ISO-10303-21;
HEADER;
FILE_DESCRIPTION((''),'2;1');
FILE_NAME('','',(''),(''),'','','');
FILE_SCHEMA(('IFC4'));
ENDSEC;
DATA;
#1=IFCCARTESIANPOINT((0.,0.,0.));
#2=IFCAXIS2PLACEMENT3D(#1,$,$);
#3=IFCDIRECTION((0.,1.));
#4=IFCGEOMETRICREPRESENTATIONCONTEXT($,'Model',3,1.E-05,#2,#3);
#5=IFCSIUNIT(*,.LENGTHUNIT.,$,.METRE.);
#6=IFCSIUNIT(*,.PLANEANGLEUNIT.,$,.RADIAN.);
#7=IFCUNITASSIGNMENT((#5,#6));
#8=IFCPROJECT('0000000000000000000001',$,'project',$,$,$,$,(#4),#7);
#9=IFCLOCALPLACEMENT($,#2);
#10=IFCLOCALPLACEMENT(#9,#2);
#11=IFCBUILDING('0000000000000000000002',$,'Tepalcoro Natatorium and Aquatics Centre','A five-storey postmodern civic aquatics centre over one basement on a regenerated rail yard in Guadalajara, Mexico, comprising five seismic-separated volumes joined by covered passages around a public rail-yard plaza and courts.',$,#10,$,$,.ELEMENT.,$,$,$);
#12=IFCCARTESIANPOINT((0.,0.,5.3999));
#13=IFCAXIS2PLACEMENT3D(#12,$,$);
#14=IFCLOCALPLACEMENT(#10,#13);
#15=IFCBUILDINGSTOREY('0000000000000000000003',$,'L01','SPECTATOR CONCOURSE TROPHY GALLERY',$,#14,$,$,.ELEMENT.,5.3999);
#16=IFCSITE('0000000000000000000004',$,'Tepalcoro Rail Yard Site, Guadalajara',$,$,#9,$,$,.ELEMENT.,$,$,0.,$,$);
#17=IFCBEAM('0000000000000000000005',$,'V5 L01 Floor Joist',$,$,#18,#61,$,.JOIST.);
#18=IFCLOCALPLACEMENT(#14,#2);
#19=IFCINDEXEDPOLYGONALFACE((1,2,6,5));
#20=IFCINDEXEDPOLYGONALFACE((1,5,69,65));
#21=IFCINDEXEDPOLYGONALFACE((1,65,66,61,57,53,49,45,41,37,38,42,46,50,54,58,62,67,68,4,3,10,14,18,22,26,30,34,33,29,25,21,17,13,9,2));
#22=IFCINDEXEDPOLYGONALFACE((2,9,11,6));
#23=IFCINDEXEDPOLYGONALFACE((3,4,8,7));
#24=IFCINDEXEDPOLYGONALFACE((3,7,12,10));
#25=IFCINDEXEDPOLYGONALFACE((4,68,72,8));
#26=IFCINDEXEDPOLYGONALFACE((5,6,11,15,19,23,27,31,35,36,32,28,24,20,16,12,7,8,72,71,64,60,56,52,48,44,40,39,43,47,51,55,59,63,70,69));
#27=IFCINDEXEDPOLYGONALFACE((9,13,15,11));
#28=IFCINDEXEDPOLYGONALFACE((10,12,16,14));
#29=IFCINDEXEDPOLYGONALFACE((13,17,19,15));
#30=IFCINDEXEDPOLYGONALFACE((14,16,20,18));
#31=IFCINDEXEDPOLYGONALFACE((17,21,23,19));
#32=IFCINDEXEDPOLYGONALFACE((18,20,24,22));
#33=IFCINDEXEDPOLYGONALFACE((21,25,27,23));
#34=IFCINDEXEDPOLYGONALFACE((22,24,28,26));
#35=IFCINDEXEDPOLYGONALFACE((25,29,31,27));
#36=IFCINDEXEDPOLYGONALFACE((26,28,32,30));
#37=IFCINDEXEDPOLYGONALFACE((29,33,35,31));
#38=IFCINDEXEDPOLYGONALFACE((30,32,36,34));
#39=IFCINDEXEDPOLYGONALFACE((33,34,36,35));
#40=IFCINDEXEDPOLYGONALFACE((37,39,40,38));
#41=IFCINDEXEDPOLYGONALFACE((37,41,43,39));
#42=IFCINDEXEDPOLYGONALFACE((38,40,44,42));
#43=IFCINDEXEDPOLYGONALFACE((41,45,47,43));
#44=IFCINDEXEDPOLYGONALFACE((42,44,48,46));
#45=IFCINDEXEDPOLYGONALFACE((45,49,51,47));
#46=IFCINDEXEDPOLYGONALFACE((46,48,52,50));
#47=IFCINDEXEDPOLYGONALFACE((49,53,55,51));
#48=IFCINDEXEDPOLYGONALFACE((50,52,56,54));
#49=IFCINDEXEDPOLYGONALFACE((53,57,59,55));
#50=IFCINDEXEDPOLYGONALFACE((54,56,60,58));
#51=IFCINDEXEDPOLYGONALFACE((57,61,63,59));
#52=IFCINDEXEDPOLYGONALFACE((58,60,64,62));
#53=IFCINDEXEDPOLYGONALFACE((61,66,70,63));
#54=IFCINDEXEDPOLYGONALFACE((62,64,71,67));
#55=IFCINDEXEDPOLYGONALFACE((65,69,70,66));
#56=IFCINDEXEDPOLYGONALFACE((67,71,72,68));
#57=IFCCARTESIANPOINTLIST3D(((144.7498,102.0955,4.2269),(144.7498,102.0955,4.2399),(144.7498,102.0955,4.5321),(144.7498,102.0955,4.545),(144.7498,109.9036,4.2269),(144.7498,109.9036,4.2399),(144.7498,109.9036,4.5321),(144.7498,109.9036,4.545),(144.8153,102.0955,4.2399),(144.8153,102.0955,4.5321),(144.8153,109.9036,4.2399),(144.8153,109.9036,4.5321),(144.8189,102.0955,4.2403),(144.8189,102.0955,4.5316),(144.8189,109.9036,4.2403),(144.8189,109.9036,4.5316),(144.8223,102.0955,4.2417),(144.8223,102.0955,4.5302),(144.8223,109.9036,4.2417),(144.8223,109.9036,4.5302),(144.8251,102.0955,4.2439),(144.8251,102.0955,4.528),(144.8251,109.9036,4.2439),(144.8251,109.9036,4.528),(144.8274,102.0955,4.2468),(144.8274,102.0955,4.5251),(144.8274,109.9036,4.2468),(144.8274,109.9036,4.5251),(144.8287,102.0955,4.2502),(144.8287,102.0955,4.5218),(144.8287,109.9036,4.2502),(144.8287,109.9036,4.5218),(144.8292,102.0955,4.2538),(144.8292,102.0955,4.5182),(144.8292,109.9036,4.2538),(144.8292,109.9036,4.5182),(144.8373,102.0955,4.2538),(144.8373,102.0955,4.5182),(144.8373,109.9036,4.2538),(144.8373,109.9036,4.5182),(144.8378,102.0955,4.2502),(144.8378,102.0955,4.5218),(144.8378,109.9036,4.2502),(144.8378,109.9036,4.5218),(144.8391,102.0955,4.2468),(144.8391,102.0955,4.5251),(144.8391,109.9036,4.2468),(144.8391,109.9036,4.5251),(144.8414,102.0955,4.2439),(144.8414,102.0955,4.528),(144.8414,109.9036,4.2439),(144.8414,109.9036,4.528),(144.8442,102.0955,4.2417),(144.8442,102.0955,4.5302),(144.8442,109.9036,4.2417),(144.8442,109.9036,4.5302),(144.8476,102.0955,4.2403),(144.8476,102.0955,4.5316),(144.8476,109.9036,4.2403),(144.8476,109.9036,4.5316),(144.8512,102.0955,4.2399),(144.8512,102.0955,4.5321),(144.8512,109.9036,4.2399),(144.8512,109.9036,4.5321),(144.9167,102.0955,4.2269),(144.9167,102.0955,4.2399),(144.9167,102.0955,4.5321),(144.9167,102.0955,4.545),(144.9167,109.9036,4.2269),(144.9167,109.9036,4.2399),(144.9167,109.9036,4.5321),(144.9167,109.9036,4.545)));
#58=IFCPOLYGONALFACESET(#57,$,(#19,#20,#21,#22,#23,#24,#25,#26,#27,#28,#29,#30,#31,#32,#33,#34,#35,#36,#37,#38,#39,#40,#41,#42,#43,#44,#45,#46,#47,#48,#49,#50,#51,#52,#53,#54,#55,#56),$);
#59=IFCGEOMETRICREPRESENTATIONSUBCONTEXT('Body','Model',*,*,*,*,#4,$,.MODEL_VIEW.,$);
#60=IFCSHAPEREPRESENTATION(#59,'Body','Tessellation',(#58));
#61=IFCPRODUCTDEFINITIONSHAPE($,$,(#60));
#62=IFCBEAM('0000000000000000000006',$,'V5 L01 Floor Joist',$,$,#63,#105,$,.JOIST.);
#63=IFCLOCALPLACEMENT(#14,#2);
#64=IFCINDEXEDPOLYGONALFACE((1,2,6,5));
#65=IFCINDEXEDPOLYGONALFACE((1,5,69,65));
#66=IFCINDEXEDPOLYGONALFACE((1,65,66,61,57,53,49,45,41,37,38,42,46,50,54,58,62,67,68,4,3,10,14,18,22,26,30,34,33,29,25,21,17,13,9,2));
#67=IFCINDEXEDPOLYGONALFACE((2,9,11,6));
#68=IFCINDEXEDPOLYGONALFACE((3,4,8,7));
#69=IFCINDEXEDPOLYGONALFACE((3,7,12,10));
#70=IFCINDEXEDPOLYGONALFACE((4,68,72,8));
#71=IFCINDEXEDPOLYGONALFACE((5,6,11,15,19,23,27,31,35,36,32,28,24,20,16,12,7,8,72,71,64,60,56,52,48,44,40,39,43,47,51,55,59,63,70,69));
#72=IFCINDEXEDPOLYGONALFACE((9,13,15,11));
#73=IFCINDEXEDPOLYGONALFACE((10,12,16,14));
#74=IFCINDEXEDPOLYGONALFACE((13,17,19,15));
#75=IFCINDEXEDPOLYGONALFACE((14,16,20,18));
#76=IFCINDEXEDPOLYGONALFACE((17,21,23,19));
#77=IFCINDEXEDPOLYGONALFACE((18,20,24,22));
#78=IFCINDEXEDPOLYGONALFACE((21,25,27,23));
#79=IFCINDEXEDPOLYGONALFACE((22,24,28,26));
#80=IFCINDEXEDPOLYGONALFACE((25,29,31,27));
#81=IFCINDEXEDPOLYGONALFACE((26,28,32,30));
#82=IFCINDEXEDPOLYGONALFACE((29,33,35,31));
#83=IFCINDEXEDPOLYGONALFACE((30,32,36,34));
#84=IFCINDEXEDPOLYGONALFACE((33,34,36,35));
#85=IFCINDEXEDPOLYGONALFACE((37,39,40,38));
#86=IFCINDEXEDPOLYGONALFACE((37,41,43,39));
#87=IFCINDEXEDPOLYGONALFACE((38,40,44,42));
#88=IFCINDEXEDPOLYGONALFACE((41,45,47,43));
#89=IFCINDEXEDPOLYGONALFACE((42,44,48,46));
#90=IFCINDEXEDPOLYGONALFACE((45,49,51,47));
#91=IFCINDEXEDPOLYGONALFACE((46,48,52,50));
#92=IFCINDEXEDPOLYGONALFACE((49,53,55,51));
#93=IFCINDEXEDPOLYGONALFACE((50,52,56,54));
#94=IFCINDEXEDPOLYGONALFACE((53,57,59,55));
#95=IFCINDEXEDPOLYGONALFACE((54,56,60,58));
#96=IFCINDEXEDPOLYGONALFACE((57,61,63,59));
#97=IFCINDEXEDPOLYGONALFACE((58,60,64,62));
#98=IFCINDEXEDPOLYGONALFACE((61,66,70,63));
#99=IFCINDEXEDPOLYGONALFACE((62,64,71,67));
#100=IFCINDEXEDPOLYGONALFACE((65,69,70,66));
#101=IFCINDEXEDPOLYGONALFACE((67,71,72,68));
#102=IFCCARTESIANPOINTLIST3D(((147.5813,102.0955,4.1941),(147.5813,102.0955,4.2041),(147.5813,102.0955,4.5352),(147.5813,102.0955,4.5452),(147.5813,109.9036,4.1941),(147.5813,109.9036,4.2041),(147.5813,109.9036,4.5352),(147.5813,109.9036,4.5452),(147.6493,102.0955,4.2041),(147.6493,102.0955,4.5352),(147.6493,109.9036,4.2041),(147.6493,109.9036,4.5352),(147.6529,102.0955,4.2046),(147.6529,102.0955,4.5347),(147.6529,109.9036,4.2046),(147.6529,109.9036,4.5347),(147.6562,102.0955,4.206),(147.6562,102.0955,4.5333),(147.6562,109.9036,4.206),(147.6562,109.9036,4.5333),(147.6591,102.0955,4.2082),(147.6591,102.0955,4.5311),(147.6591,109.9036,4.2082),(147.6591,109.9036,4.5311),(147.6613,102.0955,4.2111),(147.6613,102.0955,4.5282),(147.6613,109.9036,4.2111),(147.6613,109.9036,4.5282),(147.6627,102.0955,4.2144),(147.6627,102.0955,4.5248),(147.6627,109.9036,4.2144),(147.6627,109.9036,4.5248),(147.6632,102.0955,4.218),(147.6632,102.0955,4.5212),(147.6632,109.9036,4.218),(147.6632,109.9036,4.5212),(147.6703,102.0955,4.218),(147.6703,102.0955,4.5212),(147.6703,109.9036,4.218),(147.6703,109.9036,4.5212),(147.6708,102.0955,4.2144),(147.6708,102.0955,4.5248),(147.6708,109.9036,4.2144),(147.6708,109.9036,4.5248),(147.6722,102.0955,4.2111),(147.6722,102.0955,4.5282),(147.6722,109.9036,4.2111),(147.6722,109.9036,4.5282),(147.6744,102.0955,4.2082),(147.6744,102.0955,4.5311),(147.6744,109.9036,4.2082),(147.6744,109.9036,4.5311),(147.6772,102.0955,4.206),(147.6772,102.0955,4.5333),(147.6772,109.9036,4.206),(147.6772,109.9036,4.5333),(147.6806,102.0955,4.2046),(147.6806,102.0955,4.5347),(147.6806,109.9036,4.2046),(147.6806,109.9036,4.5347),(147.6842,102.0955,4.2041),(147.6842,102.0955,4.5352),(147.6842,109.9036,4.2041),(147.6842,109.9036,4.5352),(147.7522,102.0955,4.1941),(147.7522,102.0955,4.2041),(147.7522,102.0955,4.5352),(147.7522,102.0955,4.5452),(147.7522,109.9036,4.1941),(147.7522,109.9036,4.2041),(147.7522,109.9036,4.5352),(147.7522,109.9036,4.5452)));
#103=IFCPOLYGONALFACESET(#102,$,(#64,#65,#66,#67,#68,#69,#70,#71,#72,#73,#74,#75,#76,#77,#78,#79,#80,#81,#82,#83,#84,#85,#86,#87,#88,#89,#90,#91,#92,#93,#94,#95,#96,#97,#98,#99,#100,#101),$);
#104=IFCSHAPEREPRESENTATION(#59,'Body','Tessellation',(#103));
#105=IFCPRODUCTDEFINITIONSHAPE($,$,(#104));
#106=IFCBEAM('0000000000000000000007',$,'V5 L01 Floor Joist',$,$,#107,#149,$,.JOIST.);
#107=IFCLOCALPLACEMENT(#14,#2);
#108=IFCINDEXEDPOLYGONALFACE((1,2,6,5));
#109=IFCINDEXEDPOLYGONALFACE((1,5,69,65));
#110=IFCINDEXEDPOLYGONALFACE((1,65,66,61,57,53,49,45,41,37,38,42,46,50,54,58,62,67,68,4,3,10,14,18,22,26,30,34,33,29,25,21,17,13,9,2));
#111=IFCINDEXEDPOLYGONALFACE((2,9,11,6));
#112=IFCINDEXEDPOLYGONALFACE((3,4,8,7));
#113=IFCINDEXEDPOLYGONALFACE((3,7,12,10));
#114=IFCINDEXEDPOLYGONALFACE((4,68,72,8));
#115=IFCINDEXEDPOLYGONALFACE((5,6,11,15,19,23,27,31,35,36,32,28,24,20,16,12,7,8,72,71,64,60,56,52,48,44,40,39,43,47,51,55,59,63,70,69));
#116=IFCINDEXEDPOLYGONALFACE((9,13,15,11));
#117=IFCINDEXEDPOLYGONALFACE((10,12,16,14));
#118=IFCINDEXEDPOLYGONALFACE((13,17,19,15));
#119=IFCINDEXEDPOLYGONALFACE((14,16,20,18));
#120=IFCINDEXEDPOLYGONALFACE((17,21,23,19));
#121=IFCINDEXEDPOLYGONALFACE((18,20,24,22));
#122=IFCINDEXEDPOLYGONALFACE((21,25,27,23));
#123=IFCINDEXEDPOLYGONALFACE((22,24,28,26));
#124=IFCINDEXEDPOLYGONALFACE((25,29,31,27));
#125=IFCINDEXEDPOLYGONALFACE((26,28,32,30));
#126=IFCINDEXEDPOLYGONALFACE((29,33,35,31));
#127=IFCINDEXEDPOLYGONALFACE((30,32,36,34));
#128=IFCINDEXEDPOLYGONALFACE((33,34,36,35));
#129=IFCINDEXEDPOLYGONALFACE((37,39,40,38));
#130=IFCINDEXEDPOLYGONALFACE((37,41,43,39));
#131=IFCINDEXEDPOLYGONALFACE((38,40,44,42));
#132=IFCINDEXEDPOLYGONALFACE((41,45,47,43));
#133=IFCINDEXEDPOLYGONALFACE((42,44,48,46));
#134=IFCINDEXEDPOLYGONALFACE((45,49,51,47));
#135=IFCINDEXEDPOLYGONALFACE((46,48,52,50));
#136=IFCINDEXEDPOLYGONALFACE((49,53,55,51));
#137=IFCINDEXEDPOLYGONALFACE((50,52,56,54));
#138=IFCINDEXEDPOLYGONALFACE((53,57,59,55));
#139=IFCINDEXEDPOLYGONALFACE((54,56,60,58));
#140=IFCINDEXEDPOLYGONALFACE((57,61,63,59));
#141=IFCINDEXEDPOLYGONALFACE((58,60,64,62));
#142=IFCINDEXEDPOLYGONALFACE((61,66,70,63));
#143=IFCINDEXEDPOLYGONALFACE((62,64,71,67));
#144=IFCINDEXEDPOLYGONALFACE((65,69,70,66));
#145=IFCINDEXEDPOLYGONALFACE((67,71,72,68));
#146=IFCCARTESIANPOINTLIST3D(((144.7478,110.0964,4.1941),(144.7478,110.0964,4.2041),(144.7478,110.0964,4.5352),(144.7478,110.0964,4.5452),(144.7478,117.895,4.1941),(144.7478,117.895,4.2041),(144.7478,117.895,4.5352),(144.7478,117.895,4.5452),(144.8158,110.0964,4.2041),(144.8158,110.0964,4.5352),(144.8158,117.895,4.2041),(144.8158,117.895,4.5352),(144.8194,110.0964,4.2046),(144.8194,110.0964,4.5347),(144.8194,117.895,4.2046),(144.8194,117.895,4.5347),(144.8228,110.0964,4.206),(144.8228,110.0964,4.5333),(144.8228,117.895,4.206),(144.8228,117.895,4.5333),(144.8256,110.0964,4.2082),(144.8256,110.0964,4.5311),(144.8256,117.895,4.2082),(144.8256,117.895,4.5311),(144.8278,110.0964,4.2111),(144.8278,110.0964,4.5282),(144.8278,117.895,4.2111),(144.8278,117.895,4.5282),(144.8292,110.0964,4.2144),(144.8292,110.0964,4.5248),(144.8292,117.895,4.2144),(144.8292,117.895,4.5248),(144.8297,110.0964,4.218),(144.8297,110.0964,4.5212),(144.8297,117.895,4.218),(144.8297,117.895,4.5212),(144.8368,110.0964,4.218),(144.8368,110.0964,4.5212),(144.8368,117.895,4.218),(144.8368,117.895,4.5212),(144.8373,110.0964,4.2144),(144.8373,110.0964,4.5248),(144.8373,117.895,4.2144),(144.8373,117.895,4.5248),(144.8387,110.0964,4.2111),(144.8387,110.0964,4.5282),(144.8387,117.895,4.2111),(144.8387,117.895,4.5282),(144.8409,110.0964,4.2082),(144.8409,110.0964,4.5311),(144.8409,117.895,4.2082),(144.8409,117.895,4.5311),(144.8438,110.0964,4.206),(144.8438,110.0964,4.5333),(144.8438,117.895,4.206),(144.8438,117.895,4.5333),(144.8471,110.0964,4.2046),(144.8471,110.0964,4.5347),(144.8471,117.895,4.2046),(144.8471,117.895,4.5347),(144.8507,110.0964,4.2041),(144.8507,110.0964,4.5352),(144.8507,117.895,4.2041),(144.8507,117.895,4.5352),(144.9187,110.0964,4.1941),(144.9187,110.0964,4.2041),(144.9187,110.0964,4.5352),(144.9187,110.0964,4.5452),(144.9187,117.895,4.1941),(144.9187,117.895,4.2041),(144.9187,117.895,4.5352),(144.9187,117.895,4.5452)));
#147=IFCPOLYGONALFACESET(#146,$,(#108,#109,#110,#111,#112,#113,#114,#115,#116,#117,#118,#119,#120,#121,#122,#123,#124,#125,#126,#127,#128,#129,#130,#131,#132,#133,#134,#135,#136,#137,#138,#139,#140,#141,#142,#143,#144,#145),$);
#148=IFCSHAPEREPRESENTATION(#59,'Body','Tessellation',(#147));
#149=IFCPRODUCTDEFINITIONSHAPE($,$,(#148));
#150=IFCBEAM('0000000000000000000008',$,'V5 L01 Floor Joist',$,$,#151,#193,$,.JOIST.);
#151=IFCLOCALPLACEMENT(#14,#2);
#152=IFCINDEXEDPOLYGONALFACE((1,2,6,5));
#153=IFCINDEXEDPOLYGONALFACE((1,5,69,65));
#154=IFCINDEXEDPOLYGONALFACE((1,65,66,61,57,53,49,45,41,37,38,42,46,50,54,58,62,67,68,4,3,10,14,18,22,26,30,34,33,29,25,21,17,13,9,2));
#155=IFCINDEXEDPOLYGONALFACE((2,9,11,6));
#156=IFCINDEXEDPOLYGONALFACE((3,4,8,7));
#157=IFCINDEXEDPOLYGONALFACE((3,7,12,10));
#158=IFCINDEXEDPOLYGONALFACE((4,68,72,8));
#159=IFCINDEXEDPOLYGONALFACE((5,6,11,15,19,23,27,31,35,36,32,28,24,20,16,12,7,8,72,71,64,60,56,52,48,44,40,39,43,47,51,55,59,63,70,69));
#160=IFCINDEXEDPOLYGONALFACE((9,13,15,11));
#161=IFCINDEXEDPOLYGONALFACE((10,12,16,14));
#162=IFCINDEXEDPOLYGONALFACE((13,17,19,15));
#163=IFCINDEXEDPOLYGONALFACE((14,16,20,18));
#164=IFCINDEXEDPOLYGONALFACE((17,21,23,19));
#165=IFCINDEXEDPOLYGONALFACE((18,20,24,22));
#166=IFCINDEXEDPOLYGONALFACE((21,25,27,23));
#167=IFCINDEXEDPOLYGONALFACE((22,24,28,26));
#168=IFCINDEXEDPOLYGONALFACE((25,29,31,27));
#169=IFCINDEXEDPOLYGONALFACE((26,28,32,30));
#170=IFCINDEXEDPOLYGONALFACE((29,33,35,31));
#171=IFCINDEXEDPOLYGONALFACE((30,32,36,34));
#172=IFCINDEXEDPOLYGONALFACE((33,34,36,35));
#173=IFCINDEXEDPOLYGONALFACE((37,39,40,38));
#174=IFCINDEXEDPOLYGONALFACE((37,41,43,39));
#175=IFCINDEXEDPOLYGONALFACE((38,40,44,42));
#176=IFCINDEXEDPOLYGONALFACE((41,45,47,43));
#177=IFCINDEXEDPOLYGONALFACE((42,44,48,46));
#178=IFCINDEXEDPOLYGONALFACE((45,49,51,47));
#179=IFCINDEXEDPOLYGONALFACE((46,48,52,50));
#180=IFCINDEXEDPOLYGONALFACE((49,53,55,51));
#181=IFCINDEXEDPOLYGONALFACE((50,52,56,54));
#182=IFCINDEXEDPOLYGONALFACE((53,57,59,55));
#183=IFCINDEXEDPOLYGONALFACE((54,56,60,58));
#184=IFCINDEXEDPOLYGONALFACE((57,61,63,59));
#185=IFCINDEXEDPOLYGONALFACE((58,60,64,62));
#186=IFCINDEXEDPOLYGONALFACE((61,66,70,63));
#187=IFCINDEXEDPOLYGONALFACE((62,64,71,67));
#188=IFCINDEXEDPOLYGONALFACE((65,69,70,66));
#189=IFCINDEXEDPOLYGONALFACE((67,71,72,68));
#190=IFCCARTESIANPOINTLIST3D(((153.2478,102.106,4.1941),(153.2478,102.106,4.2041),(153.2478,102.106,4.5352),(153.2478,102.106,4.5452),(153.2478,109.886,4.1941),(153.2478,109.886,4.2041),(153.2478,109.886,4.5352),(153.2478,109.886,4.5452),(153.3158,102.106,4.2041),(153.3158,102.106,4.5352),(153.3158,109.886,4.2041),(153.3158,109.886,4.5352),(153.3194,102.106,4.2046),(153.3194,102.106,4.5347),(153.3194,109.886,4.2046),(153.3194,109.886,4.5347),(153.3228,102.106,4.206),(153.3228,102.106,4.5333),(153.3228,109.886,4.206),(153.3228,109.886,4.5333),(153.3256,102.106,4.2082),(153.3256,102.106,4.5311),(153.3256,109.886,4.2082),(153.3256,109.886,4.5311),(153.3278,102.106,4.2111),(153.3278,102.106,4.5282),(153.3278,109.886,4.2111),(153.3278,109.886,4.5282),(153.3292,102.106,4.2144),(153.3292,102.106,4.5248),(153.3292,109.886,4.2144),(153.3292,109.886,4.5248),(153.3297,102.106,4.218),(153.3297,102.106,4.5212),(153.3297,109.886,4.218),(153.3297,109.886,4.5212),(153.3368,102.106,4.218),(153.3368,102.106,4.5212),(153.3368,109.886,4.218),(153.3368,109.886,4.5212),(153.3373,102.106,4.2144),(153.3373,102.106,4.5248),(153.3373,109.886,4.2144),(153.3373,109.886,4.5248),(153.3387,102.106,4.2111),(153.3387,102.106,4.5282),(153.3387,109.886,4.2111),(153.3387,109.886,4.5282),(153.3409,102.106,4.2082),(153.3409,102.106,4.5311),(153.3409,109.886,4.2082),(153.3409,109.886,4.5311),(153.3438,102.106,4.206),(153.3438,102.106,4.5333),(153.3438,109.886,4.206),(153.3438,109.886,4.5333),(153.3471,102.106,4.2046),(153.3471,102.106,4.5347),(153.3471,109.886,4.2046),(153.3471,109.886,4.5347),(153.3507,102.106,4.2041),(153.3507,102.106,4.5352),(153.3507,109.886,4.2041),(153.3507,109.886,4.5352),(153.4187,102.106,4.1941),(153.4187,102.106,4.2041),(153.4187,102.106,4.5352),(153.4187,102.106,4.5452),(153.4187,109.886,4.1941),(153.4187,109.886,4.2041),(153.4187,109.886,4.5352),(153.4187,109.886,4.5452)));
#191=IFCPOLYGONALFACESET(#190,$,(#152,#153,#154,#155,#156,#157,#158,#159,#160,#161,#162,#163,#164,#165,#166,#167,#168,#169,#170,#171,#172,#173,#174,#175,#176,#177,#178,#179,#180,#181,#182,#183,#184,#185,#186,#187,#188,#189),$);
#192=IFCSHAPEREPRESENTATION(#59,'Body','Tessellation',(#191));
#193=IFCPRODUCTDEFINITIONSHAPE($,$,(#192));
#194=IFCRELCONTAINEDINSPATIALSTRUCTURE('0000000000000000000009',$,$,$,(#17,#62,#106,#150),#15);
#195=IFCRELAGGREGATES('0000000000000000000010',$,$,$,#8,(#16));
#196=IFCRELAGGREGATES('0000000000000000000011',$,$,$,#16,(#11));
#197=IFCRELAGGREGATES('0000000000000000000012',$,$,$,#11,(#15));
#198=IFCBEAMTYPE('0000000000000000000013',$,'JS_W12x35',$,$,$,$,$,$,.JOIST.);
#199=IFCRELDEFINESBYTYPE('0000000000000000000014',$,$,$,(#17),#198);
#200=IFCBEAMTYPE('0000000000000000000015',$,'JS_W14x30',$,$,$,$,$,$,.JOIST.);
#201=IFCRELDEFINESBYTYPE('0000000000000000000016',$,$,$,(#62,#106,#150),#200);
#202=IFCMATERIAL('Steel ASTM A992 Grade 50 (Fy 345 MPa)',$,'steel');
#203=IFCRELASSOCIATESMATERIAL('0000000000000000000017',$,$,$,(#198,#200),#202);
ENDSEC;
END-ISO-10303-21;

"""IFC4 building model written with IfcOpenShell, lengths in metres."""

from ifc_helpers import new_model, si_unit, direction, frame, origin, origin_2d, place, context, subcontext, project, spatial, i_section, extrude, material, material_profile, profile_set, type_object, element, save


model = new_model("IFC4")

# Units and contexts
model_context = context("Model", 3, precision=1e-05, world=origin(), true_north=direction((0.0, 1.0)))
body_context = subcontext(model_context, "Body", "Model", "MODEL_VIEW")
ifc_project = project(units=[si_unit("LENGTHUNIT", "METRE"), si_unit("PLANEANGLEUNIT", "RADIAN")], contexts=[model_context])

# Site, building, storey
site_placement = place(None, origin())
site = spatial("IfcSite", under=ifc_project, at=site_placement, Name="Tepalcoro Rail Yard Site, Guadalajara", CompositionType="ELEMENT", RefElevation=0.0)
building_placement = place(site_placement, origin())
building = spatial("IfcBuilding", under=site, at=building_placement, Name="Tepalcoro Natatorium and Aquatics Centre", Description="A five-storey postmodern civic aquatics centre over one basement on a regenerated rail yard in Guadalajara, Mexico, comprising five seismic-separated volumes joined by covered passages around a public rail-yard plaza and courts.", CompositionType="ELEMENT")
storey_placement = place(building_placement, frame((0.0, 0.0, 5.3999)))
storey = spatial("IfcBuildingStorey", under=building, at=storey_placement, Name="L01", Description="SPECTATOR CONCOURSE TROPHY GALLERY", CompositionType="ELEMENT", Elevation=5.3999)

# Beams
ifc_material_1 = material(Name="Steel ASTM A992 Grade 50 (Fy 345 MPa)", Category="steel")
ifc_material_profile_1 = material_profile(ifc_material_1, i_section(OverallWidth=0.167, OverallDepth=0.3181, WebThickness=0.0081, FlangeThickness=0.0129, FilletRadius=0.0139, at=origin_2d()), Name="W12X35")
ifc_profile_set_1 = profile_set([ifc_material_profile_1], Name="Steel ASTM A992 Grade 50 (Fy 345 MPa)")
beam_type_1 = type_object("IfcBeamType", Name="JS_W12x35", PredefinedType="JOIST", material=ifc_profile_set_1)
beam_1_placement = place(storey_placement, frame((144.8333, 102.0955, 4.386), z_axis=(0.0, 1.0, 0.0), x_axis=(-1.0, 0.0, 0.0)))
element("IfcBeam", 1, at=beam_1_placement, inside=storey, type_object=beam_type_1, Name="V5 L01 Floor Joist", PredefinedType="JOIST", context=body_context, shape_type="SweptSolid", body=[
    extrude(i_section(OverallWidth=0.167, OverallDepth=0.3181, WebThickness=0.0081, FlangeThickness=0.0129, FilletRadius=0.0139, at=origin_2d()), origin(), (0.0, 0.0, 1.0), 7.8081),
])
ifc_material_profile_2 = material_profile(ifc_material_1, i_section(OverallWidth=0.1709, OverallDepth=0.3511, WebThickness=0.0071, FlangeThickness=0.01, FilletRadius=0.0139, at=origin_2d()), Name="W14X30")
ifc_profile_set_2 = profile_set([ifc_material_profile_2], Name="Steel ASTM A992 Grade 50 (Fy 345 MPa)")
beam_type_2 = type_object("IfcBeamType", Name="JS_W14x30", PredefinedType="JOIST", material=ifc_profile_set_2)
beam_2_placement = place(storey_placement, frame((147.6667, 102.0955, 4.3696), z_axis=(0.0, 1.0, 0.0), x_axis=(-1.0, 0.0, 0.0)))
element("IfcBeam", 2, at=beam_2_placement, inside=storey, type_object=beam_type_2, Name="V5 L01 Floor Joist", PredefinedType="JOIST", context=body_context, shape_type="SweptSolid", body=[
    extrude(i_section(OverallWidth=0.1709, OverallDepth=0.3511, WebThickness=0.0071, FlangeThickness=0.01, FilletRadius=0.0139, at=origin_2d()), origin(), (0.0, 0.0, 1.0), 7.8081),
])
beam_3_placement = place(storey_placement, frame((144.8333, 110.0964, 4.3696), z_axis=(0.0, 1.0, 0.0), x_axis=(-1.0, 0.0, 0.0)))
element("IfcBeam", 3, at=beam_3_placement, inside=storey, type_object=beam_type_2, Name="V5 L01 Floor Joist", PredefinedType="JOIST", context=body_context, shape_type="SweptSolid", body=[
    extrude(i_section(OverallWidth=0.1709, OverallDepth=0.3511, WebThickness=0.0071, FlangeThickness=0.01, FilletRadius=0.0139, at=origin_2d()), origin(), (0.0, 0.0, 1.0), 7.7986),
])
beam_4_placement = place(storey_placement, frame((153.3333, 102.106, 4.3696), z_axis=(0.0, 1.0, 0.0), x_axis=(-1.0, 0.0, 0.0)))
element("IfcBeam", 4, at=beam_4_placement, inside=storey, type_object=beam_type_2, Name="V5 L01 Floor Joist", PredefinedType="JOIST", context=body_context, shape_type="SweptSolid", body=[
    extrude(i_section(OverallWidth=0.1709, OverallDepth=0.3511, WebThickness=0.0071, FlangeThickness=0.01, FilletRadius=0.0139, at=origin_2d()), origin(), (0.0, 0.0, 1.0), 7.78),
])

save(model, "model.ifc")
